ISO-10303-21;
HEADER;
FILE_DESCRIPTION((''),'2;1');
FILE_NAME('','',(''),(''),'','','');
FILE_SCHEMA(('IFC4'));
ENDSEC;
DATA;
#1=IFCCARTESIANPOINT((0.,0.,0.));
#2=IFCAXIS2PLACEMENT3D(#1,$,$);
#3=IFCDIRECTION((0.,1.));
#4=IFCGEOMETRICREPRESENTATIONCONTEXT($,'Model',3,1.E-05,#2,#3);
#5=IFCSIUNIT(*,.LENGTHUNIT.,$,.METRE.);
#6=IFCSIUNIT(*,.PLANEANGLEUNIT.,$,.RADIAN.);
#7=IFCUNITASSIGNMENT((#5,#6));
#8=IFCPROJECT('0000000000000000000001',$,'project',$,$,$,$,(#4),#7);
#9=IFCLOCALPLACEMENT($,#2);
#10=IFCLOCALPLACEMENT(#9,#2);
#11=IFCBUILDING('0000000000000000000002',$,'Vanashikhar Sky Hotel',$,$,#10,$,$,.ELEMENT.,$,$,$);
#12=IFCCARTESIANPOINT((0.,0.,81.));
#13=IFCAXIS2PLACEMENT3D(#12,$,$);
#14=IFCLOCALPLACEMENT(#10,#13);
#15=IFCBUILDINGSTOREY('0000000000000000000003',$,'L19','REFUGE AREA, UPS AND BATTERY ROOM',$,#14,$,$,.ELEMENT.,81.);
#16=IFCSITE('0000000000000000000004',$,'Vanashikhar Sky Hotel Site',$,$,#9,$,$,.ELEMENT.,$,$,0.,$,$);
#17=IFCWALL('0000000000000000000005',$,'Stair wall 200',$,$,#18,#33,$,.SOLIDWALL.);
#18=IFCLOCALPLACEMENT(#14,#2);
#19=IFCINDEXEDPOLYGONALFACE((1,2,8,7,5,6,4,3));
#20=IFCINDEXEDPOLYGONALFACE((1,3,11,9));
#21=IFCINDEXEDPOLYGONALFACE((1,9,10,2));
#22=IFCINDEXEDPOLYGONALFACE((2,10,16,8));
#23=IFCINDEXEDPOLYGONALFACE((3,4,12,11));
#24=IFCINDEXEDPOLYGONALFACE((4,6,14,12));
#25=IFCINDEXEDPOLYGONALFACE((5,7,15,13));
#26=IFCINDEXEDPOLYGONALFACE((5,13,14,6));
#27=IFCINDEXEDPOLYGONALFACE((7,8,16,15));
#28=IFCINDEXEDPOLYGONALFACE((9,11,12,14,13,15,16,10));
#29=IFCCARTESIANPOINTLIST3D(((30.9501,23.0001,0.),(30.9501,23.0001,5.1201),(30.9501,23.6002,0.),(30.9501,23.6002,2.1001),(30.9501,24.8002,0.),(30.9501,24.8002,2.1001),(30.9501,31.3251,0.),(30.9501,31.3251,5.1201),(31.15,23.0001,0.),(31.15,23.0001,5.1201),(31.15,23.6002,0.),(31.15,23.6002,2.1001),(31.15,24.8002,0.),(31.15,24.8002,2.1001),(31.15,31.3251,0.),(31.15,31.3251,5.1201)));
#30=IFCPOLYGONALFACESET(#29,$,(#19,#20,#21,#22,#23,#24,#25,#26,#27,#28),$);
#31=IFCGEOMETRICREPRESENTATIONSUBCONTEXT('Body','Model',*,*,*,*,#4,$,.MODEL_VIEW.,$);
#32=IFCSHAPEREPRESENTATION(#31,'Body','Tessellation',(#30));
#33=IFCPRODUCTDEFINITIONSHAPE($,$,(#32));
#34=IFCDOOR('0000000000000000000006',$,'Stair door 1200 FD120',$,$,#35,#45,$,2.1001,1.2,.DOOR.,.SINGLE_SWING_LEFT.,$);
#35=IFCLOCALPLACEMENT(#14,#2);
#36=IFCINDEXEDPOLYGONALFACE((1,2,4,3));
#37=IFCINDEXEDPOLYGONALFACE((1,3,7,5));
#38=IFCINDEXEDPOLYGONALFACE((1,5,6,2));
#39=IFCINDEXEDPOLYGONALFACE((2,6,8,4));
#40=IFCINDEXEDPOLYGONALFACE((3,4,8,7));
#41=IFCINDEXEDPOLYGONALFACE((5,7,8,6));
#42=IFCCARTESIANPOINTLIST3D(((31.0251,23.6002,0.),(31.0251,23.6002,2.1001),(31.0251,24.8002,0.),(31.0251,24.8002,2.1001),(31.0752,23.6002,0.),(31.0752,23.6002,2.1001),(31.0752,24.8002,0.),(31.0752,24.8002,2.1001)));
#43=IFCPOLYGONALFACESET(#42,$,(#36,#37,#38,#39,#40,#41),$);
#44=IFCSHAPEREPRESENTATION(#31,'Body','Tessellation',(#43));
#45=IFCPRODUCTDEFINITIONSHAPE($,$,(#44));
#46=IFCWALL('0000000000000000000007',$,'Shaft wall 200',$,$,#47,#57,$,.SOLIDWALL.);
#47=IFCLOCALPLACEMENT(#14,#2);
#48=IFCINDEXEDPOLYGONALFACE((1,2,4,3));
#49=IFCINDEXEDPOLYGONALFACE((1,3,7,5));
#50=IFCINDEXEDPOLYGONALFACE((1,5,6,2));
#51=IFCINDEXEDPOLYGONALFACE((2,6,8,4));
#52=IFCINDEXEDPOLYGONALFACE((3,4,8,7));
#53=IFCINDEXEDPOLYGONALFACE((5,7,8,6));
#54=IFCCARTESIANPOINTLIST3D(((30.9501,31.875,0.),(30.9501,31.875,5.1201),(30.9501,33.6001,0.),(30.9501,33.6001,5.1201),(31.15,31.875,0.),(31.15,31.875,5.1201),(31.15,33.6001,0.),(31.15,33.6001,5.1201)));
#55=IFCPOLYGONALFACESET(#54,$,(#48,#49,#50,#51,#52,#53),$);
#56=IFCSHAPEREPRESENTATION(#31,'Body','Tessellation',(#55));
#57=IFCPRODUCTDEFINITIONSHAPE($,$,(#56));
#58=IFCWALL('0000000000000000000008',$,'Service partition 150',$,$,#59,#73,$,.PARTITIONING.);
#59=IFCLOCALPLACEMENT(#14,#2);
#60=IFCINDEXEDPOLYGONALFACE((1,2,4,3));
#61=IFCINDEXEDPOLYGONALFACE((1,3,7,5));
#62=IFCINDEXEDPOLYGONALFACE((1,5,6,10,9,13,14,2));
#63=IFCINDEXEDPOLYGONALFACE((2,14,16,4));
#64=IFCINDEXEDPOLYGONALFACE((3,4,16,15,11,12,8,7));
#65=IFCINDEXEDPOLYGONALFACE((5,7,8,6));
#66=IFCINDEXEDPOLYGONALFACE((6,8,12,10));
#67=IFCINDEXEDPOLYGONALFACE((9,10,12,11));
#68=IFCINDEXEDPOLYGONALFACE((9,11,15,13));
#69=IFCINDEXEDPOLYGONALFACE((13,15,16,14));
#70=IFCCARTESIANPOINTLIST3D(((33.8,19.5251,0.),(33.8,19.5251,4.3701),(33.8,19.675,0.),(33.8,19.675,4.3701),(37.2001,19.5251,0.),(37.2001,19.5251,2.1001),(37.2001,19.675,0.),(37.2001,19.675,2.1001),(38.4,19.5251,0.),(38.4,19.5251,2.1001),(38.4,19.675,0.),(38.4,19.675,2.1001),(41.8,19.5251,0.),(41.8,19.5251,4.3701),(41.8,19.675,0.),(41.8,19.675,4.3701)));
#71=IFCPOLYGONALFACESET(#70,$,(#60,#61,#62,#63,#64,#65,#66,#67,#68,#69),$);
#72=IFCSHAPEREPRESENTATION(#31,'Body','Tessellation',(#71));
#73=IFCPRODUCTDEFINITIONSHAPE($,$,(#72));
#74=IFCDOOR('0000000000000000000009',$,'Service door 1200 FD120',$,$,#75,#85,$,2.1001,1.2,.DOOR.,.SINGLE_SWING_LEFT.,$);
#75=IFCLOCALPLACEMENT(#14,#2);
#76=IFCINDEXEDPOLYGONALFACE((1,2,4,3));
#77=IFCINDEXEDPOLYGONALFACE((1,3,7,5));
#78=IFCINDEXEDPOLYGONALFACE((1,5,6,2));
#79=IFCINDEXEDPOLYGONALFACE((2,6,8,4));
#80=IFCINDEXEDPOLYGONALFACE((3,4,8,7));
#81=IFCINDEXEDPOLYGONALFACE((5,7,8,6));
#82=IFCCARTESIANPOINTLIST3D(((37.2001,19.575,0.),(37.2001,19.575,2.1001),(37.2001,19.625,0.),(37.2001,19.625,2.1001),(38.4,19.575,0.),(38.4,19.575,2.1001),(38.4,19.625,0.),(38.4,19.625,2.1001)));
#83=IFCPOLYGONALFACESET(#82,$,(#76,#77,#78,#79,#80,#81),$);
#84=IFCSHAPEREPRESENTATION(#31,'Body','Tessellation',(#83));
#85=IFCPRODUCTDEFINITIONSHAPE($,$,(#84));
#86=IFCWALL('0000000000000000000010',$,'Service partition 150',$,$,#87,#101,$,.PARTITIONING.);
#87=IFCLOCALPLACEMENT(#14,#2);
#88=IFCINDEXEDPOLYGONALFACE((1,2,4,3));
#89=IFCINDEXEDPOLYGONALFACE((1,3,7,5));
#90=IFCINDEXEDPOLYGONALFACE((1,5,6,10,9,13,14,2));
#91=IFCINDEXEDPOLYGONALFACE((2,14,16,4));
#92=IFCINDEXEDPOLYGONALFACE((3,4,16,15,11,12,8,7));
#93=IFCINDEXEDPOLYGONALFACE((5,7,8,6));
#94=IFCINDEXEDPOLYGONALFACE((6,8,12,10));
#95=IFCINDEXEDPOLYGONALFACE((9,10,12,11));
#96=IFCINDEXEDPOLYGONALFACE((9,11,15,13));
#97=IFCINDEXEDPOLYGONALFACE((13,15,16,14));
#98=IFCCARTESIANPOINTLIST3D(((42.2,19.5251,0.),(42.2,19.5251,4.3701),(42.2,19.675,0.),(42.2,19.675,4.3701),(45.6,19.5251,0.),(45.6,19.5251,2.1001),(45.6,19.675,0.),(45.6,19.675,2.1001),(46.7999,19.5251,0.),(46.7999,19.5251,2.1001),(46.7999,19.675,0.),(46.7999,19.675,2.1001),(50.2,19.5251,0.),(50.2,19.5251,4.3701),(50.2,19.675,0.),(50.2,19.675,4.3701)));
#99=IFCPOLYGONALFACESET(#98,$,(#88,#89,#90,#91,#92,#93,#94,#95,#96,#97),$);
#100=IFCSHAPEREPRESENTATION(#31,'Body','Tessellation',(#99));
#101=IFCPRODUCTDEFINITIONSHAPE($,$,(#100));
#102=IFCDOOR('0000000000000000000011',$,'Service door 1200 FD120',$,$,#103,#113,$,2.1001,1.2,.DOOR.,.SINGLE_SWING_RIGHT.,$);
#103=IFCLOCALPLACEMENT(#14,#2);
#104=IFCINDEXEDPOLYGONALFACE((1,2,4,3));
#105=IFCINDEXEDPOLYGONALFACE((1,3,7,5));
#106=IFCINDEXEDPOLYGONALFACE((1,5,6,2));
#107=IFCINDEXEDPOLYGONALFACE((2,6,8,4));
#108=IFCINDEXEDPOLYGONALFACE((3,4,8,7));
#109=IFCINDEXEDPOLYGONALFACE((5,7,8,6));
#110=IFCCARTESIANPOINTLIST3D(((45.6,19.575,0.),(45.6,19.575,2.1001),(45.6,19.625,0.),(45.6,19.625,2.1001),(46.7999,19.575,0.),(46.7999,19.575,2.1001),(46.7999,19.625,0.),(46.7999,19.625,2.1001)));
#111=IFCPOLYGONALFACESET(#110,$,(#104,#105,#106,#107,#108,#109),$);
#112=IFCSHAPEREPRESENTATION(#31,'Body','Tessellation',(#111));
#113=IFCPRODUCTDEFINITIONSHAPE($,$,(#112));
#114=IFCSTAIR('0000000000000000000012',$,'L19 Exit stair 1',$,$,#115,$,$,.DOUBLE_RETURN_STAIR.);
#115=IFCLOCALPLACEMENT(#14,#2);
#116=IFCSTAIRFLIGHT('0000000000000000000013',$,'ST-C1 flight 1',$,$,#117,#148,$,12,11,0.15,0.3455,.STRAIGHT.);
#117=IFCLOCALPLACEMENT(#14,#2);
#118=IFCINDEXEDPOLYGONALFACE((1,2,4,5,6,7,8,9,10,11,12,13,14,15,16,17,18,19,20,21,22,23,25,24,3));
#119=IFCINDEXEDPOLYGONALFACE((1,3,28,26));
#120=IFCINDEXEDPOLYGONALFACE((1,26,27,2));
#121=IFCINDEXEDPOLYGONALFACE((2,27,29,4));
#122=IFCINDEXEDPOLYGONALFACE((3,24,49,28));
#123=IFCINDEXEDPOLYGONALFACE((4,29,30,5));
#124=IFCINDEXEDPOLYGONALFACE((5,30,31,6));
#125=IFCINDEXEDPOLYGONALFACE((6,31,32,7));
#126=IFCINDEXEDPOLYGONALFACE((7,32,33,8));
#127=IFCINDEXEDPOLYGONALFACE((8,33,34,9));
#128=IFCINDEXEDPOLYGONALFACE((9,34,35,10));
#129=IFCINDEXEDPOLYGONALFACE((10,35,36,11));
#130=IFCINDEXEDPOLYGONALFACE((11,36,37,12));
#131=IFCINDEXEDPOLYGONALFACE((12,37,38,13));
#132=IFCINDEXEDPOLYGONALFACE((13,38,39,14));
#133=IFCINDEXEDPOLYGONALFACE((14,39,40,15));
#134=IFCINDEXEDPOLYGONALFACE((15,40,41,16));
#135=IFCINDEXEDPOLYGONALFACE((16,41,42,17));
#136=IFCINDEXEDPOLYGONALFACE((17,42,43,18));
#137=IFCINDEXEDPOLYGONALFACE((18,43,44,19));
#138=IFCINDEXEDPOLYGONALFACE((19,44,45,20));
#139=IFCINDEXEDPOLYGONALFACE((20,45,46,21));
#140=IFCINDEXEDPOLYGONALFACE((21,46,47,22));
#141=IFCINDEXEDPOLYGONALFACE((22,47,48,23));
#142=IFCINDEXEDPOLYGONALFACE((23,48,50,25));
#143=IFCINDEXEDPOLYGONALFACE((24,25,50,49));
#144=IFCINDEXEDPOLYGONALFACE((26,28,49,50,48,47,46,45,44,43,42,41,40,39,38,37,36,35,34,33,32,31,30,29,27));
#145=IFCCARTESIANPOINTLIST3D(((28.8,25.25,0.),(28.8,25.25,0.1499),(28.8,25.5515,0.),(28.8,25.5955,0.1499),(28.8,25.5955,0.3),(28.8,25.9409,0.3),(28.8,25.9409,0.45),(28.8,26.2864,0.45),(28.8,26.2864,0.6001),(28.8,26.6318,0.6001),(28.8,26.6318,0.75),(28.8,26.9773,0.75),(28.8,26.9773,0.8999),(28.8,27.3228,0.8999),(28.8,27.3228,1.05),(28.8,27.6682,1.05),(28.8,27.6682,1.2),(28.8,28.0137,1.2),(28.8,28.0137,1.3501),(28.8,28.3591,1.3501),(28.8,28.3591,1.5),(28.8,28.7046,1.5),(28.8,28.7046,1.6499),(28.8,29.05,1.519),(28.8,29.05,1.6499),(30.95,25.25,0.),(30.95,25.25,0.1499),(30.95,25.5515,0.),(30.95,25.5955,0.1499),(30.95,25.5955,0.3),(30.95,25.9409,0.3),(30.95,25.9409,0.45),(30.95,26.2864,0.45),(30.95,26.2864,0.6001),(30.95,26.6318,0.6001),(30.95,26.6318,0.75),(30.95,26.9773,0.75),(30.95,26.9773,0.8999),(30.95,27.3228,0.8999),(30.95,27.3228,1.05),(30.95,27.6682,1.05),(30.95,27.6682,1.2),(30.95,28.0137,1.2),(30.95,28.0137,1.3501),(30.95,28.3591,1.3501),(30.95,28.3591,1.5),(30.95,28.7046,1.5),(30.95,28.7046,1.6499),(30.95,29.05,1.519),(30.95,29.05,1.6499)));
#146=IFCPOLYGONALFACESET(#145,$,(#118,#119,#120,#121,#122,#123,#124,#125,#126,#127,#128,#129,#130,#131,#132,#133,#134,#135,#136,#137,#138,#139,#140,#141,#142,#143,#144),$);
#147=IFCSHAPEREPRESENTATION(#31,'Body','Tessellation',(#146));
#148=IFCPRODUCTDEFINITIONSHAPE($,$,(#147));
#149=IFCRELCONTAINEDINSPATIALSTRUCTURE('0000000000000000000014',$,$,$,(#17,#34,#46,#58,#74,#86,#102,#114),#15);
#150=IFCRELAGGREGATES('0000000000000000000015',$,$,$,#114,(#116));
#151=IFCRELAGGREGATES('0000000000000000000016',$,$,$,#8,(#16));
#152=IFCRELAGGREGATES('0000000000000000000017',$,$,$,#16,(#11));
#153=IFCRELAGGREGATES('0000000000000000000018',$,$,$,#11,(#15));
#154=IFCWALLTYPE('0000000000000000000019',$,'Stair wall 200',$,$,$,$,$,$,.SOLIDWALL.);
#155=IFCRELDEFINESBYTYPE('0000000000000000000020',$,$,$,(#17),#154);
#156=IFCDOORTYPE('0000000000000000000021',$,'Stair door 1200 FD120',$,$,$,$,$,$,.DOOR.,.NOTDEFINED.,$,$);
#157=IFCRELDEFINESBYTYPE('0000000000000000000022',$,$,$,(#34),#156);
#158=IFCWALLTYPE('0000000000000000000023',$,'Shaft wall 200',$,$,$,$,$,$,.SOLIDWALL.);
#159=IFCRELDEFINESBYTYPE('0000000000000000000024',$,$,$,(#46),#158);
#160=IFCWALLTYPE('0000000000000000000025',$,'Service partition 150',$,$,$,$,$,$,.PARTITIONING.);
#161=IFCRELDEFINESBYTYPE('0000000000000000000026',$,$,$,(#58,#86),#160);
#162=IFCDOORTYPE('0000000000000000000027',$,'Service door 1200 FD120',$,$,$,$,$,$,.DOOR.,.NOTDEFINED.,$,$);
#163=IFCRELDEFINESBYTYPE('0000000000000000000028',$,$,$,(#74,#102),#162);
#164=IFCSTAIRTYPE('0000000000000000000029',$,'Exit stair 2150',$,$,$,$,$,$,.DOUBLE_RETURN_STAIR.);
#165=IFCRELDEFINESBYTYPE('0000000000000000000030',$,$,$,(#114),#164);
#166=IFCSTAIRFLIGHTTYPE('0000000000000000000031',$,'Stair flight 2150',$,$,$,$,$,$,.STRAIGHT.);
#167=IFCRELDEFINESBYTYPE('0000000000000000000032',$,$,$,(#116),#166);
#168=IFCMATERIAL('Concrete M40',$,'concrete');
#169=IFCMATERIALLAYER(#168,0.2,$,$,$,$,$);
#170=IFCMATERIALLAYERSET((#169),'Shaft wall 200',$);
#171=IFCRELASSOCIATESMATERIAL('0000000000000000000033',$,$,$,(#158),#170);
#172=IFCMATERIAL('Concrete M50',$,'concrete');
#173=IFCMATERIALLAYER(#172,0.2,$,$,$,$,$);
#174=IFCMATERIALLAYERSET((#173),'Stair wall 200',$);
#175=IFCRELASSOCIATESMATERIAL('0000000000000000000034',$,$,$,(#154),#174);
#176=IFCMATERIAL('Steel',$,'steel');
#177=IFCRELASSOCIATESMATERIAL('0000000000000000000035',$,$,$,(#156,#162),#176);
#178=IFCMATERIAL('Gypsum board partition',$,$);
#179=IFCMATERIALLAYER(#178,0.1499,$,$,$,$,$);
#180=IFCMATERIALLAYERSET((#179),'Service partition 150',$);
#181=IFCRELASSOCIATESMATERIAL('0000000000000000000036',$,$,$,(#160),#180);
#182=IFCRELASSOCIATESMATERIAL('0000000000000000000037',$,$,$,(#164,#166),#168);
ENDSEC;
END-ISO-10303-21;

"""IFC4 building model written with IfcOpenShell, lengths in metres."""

from ifc_helpers import new_model, si_unit, direction, frame, frame_2d, origin, place, context, subcontext, project, spatial, polyline, rectangle, outline, extrude, source, transform, mapped, material, layer, layer_set, type_object, element, fill, aggregate, save


model = new_model("IFC4")

# Units and contexts
model_context = context("Model", 3, precision=1e-05, world=origin(), true_north=direction((0.0, 1.0)))
body_context = subcontext(model_context, "Body", "Model", "MODEL_VIEW")
ifc_project = project(units=[si_unit("LENGTHUNIT", "METRE"), si_unit("PLANEANGLEUNIT", "RADIAN")], contexts=[model_context])

# Site, building, storey
site_placement = place(None, origin())
site = spatial("IfcSite", under=ifc_project, at=site_placement, Name="Vanashikhar Sky Hotel Site", CompositionType="ELEMENT", RefElevation=0.0)
building_placement = place(site_placement, origin())
building = spatial("IfcBuilding", under=site, at=building_placement, Name="Vanashikhar Sky Hotel", CompositionType="ELEMENT")
storey_placement = place(building_placement, frame((0.0, 0.0, 81.0)))
storey = spatial("IfcBuildingStorey", under=building, at=storey_placement, Name="L19", Description="REFUGE AREA, UPS AND BATTERY ROOM", CompositionType="ELEMENT", Elevation=81.0)

# Shared definitions
ifc_material_1 = material(Name="Concrete M50", Category="concrete")

# Shared definitions
ifc_material_2 = material(Name="Steel", Category="steel")

# Shared definitions
ifc_material_3 = material(Name="Concrete M40", Category="concrete")
ifc_layer_1 = layer(ifc_material_3, 0.2)
ifc_layer_set_1 = layer_set([ifc_layer_1], Name="Shaft wall 200")
wall_type_1 = type_object("IfcWallType", Name="Shaft wall 200", PredefinedType="SOLIDWALL", material=ifc_layer_set_1)

# Wall, opening, door
ifc_layer_2 = layer(ifc_material_1, 0.2)
ifc_layer_set_2 = layer_set([ifc_layer_2], Name="Stair wall 200")
wall_type_2 = type_object("IfcWallType", Name="Stair wall 200", PredefinedType="SOLIDWALL", material=ifc_layer_set_2)
shared_shape_1 = source(origin(), body_context, "Body", "SweptSolid", [
    extrude(rectangle(XDim=8.325, YDim=0.2, at=frame_2d((4.1626, 0.0))), origin(), (0.0, 0.0, 1.0), 5.1201),
])
wall_1_placement = place(storey_placement, frame((31.05, 23.0, 0.0), z_axis=(0.0, 0.0, 1.0), x_axis=(0.0, 1.0, 0.0)))
wall_1 = element("IfcWall", 1, at=wall_1_placement, inside=storey, type_object=wall_type_2, Name="Stair wall 200", PredefinedType="SOLIDWALL", context=body_context, shape_type="MappedRepresentation", body=[
    mapped(shared_shape_1, transform((0.0, 0.0, 0.0), scale=1.0)),
])
shared_shape_2 = source(origin(), body_context, "Body", "SweptSolid", [
    extrude(rectangle(XDim=1.2, YDim=2.1001, at=frame_2d((0.6001, 1.05))), frame((0.0, 0.1099, 0.0), z_axis=(0.0, -1.0, 0.0), x_axis=(1.0, 0.0, 0.0)), (0.0, 0.0, 1.0), 0.22),
])
opening_1_placement = place(wall_1_placement, frame((0.6001, 0.0, 0.0)))
opening_1 = element("IfcOpeningElement", 2, at=opening_1_placement, cuts=wall_1, PredefinedType="OPENING", context=body_context, shape_type="MappedRepresentation", body=[
    mapped(shared_shape_2, transform((0.0, 0.0, 0.0), scale=1.0)),
])
door_type_1 = type_object("IfcDoorType", Name="Stair door 1200 FD120", OperationType="NOTDEFINED", PredefinedType="DOOR", material=ifc_material_2)
shared_shape_3 = source(origin(), body_context, "Body", "SweptSolid", [
    extrude(rectangle(XDim=1.2, YDim=2.1001, at=frame_2d((0.6001, 1.05))), frame((0.0, 0.0249, 0.0), z_axis=(0.0, -1.0, 0.0), x_axis=(1.0, 0.0, 0.0)), (0.0, 0.0, 1.0), 0.05),
])
door_1_placement = place(opening_1_placement, origin())
door_1 = element("IfcDoor", 3, at=door_1_placement, inside=storey, type_object=door_type_1, Name="Stair door 1200 FD120", OperationType="SINGLE_SWING_LEFT", OverallHeight=2.1001, OverallWidth=1.2, PredefinedType="DOOR", context=body_context, shape_type="MappedRepresentation", body=[
    mapped(shared_shape_3, transform((0.0, 0.0, 0.0), scale=1.0)),
])
fill(opening_1, door_1)

# Wall
shared_shape_4 = source(origin(), body_context, "Body", "SweptSolid", [
    extrude(rectangle(XDim=1.7251, YDim=0.2, at=frame_2d((0.8625, 0.0))), origin(), (0.0, 0.0, 1.0), 5.1201),
])
wall_2_placement = place(storey_placement, frame((31.05, 31.875, 0.0), z_axis=(0.0, 0.0, 1.0), x_axis=(0.0, 1.0, 0.0)))
element("IfcWall", 4, at=wall_2_placement, inside=storey, type_object=wall_type_1, Name="Shaft wall 200", PredefinedType="SOLIDWALL", context=body_context, shape_type="MappedRepresentation", body=[
    mapped(shared_shape_4, transform((0.0, 0.0, 0.0), scale=1.0)),
])

# Walls, openings, doors
ifc_material_4 = material(Name="Gypsum board partition")
ifc_layer_3 = layer(ifc_material_4, 0.1499)
ifc_layer_set_3 = layer_set([ifc_layer_3], Name="Service partition 150")
wall_type_3 = type_object("IfcWallType", Name="Service partition 150", PredefinedType="PARTITIONING", material=ifc_layer_set_3)
shared_shape_5 = source(origin(), body_context, "Body", "SweptSolid", [
    extrude(rectangle(XDim=8.0, YDim=0.1499, at=frame_2d((4.0, 0.0))), origin(), (0.0, 0.0, 1.0), 4.3701),
])
wall_3_placement = place(storey_placement, frame((33.8, 19.6001, 0.0), z_axis=(0.0, 0.0, 1.0), x_axis=(1.0, 0.0, 0.0)))
wall_3 = element("IfcWall", 5, at=wall_3_placement, inside=storey, type_object=wall_type_3, Name="Service partition 150", PredefinedType="PARTITIONING", context=body_context, shape_type="MappedRepresentation", body=[
    mapped(shared_shape_5, transform((0.0, 0.0, 0.0), scale=1.0)),
])
shared_shape_6 = source(origin(), body_context, "Body", "SweptSolid", [
    extrude(rectangle(XDim=1.2, YDim=2.1001, at=frame_2d((0.6001, 1.05))), frame((0.0, 0.085, 0.0), z_axis=(0.0, -1.0, 0.0), x_axis=(1.0, 0.0, 0.0)), (0.0, 0.0, 1.0), 0.1699),
])
opening_2_placement = place(wall_3_placement, frame((3.3999, 0.0, 0.0)))
opening_2 = element("IfcOpeningElement", 6, at=opening_2_placement, cuts=wall_3, PredefinedType="OPENING", context=body_context, shape_type="MappedRepresentation", body=[
    mapped(shared_shape_6, transform((0.0, 0.0, 0.0), scale=1.0)),
])
door_type_2 = type_object("IfcDoorType", Name="Service door 1200 FD120", OperationType="NOTDEFINED", PredefinedType="DOOR", material=ifc_material_2)
door_2_placement = place(opening_2_placement, origin())
door_2 = element("IfcDoor", 7, at=door_2_placement, inside=storey, type_object=door_type_2, Name="Service door 1200 FD120", OperationType="SINGLE_SWING_LEFT", OverallHeight=2.1001, OverallWidth=1.2, PredefinedType="DOOR", context=body_context, shape_type="MappedRepresentation", body=[
    mapped(shared_shape_3, transform((0.0, 0.0, 0.0), scale=1.0)),
])
fill(opening_2, door_2)
wall_4_placement = place(storey_placement, frame((42.2, 19.6001, 0.0), z_axis=(0.0, 0.0, 1.0), x_axis=(1.0, 0.0, 0.0)))
wall_4 = element("IfcWall", 8, at=wall_4_placement, inside=storey, type_object=wall_type_3, Name="Service partition 150", PredefinedType="PARTITIONING", context=body_context, shape_type="MappedRepresentation", body=[
    mapped(shared_shape_5, transform((0.0, 0.0, 0.0), scale=1.0)),
])
opening_3_placement = place(wall_4_placement, frame((3.3999, 0.0, 0.0)))
opening_3 = element("IfcOpeningElement", 9, at=opening_3_placement, cuts=wall_4, PredefinedType="OPENING", context=body_context, shape_type="MappedRepresentation", body=[
    mapped(shared_shape_6, transform((0.0, 0.0, 0.0), scale=1.0)),
])
door_3_placement = place(opening_3_placement, origin())
door_3 = element("IfcDoor", 10, at=door_3_placement, inside=storey, type_object=door_type_2, Name="Service door 1200 FD120", OperationType="SINGLE_SWING_RIGHT", OverallHeight=2.1001, OverallWidth=1.2, PredefinedType="DOOR", context=body_context, shape_type="MappedRepresentation", body=[
    mapped(shared_shape_3, transform((0.0, 0.0, 0.0), scale=1.0)),
])
fill(opening_3, door_3)

# Stair, stair flight
stair_type = type_object("IfcStairType", Name="Exit stair 2150", PredefinedType="DOUBLE_RETURN_STAIR", material=ifc_material_3)
stair_placement = place(storey_placement, origin())
stair = element("IfcStair", 11, at=stair_placement, inside=storey, type_object=stair_type, Name="L19 Exit stair 1", PredefinedType="DOUBLE_RETURN_STAIR")
stair_flight_type = type_object("IfcStairFlightType", Name="Stair flight 2150", PredefinedType="STRAIGHT", material=ifc_material_3)
shared_shape_7 = source(origin(), body_context, "Body", "SweptSolid", [
    extrude(outline(polyline([(0.0, 0.0), (0.0, 0.1499), (0.3455, 0.1499), (0.3455, 0.3), (0.6909, 0.3), (0.6909, 0.45), (1.0364, 0.45), (1.0364, 0.6001), (1.3818, 0.6001), (1.3818, 0.75), (1.7273, 0.75), (1.7273, 0.8999), (2.0728, 0.8999), (2.0728, 1.05), (2.4182, 1.05), (2.4182, 1.2), (2.7637, 1.2), (2.7637, 1.3501), (3.1091, 1.3501), (3.1091, 1.5), (3.4546, 1.5), (3.4546, 1.6499), (3.8, 1.6499), (3.8, 1.8), (3.8, 1.519), (0.3015, 0.0), (0.0, 0.0)])), frame((0.0, 1.075, 0.0), z_axis=(0.0, -1.0, 0.0), x_axis=(1.0, 0.0, 0.0)), (0.0, 0.0, 1.0), 2.1499),
])
stair_flight_1_placement = place(storey_placement, frame((29.875, 25.25, 0.0), z_axis=(0.0, 0.0, 1.0), x_axis=(0.0, 1.0, 0.0)))
stair_flight_1 = element("IfcStairFlight", 12, at=stair_flight_1_placement, type_object=stair_flight_type, Name="ST-C1 flight 1", NumberOfRisers=12, NumberOfTreads=11, PredefinedType="STRAIGHT", RiserHeight=0.15, TreadLength=0.3455, context=body_context, shape_type="MappedRepresentation", body=[
    mapped(shared_shape_7, transform((0.0, 0.0, 0.0), scale=1.0)),
])
aggregate(stair, [stair_flight_1])

save(model, "model.ifc")
